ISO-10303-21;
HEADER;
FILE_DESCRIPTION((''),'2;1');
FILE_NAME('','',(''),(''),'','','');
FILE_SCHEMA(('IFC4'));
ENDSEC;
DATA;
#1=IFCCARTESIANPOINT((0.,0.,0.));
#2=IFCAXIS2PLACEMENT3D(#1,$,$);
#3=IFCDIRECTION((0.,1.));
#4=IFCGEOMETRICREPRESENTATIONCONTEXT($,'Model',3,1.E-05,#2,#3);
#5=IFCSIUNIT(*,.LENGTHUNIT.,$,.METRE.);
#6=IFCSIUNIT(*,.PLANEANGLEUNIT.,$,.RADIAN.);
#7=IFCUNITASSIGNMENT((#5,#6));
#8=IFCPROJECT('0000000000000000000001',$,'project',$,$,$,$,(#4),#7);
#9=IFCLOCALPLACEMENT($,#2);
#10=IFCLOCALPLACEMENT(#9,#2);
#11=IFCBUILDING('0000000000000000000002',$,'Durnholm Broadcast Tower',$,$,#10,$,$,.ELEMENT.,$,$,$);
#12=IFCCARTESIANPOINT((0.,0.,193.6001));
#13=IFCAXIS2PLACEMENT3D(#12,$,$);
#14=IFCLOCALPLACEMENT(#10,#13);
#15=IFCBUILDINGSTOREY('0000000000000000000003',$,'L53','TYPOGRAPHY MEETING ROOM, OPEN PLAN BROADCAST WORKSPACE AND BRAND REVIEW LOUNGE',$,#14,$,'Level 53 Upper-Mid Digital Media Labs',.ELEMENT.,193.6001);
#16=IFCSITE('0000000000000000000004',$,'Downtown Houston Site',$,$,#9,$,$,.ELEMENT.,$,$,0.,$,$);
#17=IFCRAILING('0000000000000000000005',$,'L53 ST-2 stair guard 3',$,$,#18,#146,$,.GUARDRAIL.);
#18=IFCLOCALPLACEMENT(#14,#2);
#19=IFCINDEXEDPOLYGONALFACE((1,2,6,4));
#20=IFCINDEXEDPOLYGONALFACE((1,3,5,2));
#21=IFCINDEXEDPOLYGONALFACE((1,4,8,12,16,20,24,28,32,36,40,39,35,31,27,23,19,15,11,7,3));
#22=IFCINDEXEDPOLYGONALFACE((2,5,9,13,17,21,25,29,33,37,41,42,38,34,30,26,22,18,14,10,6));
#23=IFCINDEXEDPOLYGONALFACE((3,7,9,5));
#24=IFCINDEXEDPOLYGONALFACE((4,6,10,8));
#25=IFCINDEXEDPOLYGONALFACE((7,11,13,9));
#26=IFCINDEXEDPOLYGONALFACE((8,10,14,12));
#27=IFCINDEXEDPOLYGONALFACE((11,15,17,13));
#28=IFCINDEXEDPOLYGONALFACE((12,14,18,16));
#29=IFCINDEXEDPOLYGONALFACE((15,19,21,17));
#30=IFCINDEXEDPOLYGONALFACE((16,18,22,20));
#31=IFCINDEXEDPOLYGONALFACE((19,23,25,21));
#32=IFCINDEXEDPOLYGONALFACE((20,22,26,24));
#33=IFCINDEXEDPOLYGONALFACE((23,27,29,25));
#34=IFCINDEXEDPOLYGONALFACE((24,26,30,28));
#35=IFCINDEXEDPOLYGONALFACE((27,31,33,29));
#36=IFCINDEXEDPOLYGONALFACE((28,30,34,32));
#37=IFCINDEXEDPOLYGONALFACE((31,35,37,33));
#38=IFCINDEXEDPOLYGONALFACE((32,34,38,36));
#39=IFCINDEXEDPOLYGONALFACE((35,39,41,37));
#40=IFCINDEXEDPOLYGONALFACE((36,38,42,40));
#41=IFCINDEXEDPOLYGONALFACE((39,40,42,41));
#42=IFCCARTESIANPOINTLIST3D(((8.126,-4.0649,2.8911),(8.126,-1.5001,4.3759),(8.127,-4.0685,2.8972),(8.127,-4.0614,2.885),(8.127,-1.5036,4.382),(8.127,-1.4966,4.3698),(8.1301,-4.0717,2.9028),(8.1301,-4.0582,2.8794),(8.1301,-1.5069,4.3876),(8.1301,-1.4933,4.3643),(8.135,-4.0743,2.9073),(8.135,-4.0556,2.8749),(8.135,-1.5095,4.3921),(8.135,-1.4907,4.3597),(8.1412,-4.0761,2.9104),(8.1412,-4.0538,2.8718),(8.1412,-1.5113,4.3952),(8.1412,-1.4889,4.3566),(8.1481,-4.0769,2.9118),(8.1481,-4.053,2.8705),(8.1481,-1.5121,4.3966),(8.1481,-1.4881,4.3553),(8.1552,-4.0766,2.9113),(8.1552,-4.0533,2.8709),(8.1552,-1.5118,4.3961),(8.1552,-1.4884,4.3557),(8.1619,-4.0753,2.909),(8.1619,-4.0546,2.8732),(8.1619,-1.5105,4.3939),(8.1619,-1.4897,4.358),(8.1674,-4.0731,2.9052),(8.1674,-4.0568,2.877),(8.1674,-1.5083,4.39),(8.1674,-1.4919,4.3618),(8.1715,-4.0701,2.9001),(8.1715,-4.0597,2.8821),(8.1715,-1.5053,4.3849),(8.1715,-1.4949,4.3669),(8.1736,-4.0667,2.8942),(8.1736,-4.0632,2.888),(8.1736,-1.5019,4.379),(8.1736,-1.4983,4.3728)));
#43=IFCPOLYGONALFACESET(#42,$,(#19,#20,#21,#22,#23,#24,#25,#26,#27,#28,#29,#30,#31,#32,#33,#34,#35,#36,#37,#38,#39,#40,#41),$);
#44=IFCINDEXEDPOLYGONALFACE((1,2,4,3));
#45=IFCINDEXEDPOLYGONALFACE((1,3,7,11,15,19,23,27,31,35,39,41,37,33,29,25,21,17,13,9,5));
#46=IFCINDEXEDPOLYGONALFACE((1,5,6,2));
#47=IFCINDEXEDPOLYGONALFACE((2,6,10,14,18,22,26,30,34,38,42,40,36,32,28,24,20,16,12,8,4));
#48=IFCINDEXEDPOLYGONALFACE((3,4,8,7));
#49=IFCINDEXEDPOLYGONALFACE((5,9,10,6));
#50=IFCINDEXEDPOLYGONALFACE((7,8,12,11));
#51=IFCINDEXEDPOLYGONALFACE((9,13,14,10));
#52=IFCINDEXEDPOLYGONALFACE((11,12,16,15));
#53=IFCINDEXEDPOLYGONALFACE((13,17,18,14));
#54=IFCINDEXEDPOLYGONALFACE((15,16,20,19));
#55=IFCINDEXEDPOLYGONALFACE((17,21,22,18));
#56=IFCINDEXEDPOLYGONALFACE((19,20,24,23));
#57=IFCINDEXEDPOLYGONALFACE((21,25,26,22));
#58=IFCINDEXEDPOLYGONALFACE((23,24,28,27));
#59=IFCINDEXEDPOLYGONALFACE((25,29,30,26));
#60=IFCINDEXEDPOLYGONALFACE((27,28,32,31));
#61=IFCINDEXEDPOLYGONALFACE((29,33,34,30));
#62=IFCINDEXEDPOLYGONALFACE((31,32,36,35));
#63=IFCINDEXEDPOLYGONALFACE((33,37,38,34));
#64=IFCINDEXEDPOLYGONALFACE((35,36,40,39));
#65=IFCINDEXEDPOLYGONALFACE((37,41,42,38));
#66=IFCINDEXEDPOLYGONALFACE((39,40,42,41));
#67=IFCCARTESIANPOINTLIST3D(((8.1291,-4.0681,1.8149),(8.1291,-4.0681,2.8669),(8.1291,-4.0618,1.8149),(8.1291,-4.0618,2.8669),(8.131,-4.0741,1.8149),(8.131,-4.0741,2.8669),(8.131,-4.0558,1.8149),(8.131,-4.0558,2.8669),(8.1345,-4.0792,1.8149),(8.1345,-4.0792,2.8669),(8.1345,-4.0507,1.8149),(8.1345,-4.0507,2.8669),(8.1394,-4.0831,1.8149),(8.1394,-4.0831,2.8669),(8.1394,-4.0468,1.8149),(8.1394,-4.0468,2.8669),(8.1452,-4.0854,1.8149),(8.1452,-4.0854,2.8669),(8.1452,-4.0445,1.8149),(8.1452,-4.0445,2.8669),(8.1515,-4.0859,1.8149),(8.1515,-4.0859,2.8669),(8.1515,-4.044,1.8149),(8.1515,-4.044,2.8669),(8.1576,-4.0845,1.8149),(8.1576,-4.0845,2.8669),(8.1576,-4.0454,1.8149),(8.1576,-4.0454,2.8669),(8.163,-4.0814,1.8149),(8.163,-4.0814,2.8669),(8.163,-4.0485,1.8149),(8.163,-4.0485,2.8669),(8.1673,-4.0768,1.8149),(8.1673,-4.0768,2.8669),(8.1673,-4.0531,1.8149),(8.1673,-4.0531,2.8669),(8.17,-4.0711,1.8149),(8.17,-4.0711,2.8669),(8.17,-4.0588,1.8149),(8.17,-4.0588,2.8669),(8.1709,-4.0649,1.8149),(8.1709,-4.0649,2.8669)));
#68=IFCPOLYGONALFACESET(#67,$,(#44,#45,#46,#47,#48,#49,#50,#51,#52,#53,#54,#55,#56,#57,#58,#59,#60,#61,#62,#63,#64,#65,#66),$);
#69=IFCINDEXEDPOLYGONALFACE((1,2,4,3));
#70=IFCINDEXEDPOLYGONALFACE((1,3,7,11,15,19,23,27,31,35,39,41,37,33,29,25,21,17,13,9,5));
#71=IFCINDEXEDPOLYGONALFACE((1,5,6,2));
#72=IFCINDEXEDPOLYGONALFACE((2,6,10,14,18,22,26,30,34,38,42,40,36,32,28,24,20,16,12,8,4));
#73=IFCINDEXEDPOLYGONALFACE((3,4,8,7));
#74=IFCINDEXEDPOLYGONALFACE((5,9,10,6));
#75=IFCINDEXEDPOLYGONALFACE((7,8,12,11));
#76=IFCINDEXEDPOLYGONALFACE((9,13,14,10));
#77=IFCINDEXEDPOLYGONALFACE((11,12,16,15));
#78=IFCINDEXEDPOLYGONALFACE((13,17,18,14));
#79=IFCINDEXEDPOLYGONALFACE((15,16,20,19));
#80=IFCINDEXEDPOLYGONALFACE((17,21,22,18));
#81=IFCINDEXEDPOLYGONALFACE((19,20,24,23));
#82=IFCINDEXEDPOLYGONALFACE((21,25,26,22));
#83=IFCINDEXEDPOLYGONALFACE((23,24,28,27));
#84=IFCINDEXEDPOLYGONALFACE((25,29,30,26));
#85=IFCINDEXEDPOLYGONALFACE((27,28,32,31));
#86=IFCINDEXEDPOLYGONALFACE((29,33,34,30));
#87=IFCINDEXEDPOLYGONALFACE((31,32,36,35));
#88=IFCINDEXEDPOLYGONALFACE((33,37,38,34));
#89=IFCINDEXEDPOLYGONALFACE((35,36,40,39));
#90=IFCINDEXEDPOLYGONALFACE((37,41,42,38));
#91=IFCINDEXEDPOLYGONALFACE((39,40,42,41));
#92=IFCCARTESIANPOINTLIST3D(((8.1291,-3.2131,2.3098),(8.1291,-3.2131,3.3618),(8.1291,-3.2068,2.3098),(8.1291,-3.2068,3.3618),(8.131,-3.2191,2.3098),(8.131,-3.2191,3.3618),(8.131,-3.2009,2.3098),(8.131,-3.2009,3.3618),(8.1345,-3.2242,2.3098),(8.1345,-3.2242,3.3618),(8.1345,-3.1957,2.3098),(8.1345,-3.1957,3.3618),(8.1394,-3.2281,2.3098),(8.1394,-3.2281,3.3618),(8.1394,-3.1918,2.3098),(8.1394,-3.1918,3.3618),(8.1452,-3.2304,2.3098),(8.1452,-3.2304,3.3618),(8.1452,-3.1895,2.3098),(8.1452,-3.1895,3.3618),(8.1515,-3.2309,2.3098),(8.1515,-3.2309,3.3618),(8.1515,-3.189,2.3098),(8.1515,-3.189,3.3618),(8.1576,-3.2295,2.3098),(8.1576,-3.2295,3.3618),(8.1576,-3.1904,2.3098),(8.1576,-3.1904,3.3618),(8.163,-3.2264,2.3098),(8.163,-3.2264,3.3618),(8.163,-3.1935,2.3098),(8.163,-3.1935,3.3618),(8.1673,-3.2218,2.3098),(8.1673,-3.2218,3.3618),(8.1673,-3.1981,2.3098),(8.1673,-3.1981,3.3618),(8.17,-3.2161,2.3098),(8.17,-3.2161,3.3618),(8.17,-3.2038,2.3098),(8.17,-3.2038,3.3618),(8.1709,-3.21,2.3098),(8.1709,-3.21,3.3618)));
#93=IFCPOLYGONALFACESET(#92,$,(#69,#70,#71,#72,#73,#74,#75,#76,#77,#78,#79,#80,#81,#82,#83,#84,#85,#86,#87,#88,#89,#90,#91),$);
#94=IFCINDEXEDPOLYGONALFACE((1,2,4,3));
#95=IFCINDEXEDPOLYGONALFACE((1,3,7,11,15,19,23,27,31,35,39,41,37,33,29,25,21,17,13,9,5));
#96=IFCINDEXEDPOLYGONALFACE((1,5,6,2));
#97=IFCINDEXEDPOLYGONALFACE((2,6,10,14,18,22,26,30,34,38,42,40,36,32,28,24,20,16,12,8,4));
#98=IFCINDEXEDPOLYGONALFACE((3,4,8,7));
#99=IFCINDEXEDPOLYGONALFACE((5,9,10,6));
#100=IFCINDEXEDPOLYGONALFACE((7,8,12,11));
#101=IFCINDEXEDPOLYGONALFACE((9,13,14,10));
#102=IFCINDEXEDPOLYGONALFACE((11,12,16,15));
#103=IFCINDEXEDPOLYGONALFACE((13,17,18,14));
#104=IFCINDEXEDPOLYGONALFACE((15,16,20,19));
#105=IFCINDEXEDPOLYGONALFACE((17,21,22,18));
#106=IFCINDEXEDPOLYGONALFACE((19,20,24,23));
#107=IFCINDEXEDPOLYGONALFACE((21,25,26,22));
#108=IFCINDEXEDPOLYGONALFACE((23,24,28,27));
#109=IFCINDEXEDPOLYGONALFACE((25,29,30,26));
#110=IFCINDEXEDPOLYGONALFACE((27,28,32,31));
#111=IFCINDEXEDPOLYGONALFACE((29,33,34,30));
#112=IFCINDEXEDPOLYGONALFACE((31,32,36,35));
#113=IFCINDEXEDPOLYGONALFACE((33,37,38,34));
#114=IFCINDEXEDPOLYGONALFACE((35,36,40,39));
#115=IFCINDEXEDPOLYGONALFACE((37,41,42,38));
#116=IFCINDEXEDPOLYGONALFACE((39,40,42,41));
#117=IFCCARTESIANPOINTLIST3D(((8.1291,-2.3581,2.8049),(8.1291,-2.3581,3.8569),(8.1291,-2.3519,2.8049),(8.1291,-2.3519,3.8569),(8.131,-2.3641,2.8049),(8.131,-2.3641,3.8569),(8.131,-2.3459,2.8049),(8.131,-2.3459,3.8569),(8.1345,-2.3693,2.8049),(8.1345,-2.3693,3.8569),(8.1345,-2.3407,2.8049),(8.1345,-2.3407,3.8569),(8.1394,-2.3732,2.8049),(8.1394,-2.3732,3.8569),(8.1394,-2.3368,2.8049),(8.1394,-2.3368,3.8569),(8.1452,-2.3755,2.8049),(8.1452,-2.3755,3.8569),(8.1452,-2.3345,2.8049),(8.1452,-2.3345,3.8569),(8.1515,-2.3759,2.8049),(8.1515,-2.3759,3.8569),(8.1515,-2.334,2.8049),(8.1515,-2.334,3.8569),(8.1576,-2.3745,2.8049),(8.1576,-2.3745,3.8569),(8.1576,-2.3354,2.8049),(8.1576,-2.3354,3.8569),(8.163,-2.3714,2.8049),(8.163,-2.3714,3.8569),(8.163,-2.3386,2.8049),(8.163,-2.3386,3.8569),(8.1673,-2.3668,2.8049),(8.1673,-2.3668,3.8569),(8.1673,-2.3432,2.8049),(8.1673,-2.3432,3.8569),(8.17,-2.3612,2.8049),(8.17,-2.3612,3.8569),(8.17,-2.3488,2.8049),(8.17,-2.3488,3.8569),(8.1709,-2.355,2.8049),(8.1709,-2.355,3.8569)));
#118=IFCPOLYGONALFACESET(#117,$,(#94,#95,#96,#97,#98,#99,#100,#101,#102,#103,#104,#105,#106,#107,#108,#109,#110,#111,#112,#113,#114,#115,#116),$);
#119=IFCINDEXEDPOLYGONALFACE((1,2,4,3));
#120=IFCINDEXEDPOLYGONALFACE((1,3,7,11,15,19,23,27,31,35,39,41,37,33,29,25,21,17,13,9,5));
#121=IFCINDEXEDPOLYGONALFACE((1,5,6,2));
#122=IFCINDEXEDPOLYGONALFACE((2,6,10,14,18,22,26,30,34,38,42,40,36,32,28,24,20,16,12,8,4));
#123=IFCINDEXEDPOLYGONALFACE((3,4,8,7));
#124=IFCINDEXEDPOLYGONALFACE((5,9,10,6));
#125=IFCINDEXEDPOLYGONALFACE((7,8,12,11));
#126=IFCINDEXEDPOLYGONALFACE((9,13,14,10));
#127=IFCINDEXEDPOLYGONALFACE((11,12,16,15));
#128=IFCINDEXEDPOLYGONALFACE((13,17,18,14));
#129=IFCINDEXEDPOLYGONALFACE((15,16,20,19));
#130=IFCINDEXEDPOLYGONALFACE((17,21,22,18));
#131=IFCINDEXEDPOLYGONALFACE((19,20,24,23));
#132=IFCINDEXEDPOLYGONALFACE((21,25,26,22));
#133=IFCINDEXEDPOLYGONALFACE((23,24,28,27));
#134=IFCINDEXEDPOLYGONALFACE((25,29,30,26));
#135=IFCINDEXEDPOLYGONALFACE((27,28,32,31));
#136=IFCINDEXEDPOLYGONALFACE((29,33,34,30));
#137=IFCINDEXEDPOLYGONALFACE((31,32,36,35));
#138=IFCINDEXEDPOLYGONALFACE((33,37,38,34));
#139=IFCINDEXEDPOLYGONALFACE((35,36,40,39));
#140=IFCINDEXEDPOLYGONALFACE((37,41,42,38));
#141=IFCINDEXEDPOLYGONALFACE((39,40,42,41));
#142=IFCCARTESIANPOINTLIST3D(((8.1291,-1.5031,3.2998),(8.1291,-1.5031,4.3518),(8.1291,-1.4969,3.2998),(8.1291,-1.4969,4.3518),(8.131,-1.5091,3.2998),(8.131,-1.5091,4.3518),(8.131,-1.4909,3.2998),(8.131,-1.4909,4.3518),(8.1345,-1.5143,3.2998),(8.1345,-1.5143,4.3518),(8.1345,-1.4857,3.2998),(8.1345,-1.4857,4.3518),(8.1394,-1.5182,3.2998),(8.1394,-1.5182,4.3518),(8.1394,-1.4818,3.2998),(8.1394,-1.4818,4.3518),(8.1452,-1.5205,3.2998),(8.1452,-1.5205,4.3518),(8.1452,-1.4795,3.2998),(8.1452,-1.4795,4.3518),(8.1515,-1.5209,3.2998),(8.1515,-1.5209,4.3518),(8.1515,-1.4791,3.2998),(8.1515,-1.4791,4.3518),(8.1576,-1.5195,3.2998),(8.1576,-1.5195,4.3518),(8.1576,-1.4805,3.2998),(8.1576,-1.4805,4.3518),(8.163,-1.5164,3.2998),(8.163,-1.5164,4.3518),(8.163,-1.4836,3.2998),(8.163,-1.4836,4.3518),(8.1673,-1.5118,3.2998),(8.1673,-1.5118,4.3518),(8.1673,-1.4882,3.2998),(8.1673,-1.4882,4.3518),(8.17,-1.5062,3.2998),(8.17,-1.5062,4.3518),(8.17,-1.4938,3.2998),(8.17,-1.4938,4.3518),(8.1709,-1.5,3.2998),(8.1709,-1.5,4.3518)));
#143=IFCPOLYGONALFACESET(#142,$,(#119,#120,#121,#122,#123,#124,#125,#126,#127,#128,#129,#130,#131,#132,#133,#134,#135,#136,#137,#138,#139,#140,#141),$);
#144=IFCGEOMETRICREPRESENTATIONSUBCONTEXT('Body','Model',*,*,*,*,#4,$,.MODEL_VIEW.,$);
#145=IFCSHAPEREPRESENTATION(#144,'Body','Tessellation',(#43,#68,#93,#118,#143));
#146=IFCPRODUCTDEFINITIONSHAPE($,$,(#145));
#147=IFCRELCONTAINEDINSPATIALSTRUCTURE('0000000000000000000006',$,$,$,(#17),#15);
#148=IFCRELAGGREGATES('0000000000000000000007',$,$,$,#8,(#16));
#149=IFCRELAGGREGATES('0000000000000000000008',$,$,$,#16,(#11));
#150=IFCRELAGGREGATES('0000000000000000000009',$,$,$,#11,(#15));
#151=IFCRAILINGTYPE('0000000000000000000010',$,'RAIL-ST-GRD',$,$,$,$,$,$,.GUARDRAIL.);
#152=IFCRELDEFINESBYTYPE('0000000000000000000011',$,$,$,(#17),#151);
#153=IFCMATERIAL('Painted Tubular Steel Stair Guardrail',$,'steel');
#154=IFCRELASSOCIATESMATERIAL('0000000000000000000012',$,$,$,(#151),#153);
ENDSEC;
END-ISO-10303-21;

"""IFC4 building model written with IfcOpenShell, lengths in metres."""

from ifc_helpers import new_model, si_unit, direction, frame, origin, origin_2d, place, context, subcontext, project, spatial, circle, extrude, material, type_object, element, save


model = new_model("IFC4")

# Units and contexts
model_context = context("Model", 3, precision=1e-05, world=origin(), true_north=direction((0.0, 1.0)))
body_context = subcontext(model_context, "Body", "Model", "MODEL_VIEW")
ifc_project = project(units=[si_unit("LENGTHUNIT", "METRE"), si_unit("PLANEANGLEUNIT", "RADIAN")], contexts=[model_context])

# Site, building, storey
site_placement = place(None, origin())
site = spatial("IfcSite", under=ifc_project, at=site_placement, Name="Downtown Houston Site", CompositionType="ELEMENT", RefElevation=0.0)
building_placement = place(site_placement, origin())
building = spatial("IfcBuilding", under=site, at=building_placement, Name="Durnholm Broadcast Tower", CompositionType="ELEMENT")
storey_placement = place(building_placement, frame((0.0, 0.0, 193.6001)))
storey = spatial("IfcBuildingStorey", under=building, at=storey_placement, Name="L53", Description="TYPOGRAPHY MEETING ROOM, OPEN PLAN BROADCAST WORKSPACE AND BRAND REVIEW LOUNGE", LongName="Level 53 Upper-Mid Digital Media Labs", CompositionType="ELEMENT", Elevation=193.6001)

# Railing
ifc_material_1 = material(Name="Painted Tubular Steel Stair Guardrail", Category="steel")
railing_type_1 = type_object("IfcRailingType", Name="RAIL-ST-GRD", PredefinedType="GUARDRAIL", material=ifc_material_1)
railing_1_placement = place(storey_placement, frame((8.1499, -4.0649, 1.8149)))
element("IfcRailing", 1, at=railing_1_placement, inside=storey, type_object=railing_type_1, Name="L53 ST-2 stair guard 3", PredefinedType="GUARDRAIL", context=body_context, shape_type="SweptSolid", body=[
    extrude(circle(Radius=0.0239, at=origin_2d()), frame((0.0, 0.0, 1.0762), z_axis=(0.0, 0.865441, 0.50101), x_axis=(-1.0, 0.0, 0.0)), (0.0, 0.0, 1.0), 2.9636),
    extrude(circle(Radius=0.021, at=origin_2d()), origin(), (0.0, 0.0, 1.0), 1.052),
    extrude(circle(Radius=0.021, at=origin_2d()), frame((0.0, 0.855, 0.4949)), (0.0, 0.0, 1.0), 1.052),
    extrude(circle(Radius=0.021, at=origin_2d()), frame((0.0, 1.71, 0.99)), (0.0, 0.0, 1.0), 1.052),
    extrude(circle(Radius=0.021, at=origin_2d()), frame((0.0, 2.5649, 1.4849)), (0.0, 0.0, 1.0), 1.052),
])

save(model, "model.ifc")
